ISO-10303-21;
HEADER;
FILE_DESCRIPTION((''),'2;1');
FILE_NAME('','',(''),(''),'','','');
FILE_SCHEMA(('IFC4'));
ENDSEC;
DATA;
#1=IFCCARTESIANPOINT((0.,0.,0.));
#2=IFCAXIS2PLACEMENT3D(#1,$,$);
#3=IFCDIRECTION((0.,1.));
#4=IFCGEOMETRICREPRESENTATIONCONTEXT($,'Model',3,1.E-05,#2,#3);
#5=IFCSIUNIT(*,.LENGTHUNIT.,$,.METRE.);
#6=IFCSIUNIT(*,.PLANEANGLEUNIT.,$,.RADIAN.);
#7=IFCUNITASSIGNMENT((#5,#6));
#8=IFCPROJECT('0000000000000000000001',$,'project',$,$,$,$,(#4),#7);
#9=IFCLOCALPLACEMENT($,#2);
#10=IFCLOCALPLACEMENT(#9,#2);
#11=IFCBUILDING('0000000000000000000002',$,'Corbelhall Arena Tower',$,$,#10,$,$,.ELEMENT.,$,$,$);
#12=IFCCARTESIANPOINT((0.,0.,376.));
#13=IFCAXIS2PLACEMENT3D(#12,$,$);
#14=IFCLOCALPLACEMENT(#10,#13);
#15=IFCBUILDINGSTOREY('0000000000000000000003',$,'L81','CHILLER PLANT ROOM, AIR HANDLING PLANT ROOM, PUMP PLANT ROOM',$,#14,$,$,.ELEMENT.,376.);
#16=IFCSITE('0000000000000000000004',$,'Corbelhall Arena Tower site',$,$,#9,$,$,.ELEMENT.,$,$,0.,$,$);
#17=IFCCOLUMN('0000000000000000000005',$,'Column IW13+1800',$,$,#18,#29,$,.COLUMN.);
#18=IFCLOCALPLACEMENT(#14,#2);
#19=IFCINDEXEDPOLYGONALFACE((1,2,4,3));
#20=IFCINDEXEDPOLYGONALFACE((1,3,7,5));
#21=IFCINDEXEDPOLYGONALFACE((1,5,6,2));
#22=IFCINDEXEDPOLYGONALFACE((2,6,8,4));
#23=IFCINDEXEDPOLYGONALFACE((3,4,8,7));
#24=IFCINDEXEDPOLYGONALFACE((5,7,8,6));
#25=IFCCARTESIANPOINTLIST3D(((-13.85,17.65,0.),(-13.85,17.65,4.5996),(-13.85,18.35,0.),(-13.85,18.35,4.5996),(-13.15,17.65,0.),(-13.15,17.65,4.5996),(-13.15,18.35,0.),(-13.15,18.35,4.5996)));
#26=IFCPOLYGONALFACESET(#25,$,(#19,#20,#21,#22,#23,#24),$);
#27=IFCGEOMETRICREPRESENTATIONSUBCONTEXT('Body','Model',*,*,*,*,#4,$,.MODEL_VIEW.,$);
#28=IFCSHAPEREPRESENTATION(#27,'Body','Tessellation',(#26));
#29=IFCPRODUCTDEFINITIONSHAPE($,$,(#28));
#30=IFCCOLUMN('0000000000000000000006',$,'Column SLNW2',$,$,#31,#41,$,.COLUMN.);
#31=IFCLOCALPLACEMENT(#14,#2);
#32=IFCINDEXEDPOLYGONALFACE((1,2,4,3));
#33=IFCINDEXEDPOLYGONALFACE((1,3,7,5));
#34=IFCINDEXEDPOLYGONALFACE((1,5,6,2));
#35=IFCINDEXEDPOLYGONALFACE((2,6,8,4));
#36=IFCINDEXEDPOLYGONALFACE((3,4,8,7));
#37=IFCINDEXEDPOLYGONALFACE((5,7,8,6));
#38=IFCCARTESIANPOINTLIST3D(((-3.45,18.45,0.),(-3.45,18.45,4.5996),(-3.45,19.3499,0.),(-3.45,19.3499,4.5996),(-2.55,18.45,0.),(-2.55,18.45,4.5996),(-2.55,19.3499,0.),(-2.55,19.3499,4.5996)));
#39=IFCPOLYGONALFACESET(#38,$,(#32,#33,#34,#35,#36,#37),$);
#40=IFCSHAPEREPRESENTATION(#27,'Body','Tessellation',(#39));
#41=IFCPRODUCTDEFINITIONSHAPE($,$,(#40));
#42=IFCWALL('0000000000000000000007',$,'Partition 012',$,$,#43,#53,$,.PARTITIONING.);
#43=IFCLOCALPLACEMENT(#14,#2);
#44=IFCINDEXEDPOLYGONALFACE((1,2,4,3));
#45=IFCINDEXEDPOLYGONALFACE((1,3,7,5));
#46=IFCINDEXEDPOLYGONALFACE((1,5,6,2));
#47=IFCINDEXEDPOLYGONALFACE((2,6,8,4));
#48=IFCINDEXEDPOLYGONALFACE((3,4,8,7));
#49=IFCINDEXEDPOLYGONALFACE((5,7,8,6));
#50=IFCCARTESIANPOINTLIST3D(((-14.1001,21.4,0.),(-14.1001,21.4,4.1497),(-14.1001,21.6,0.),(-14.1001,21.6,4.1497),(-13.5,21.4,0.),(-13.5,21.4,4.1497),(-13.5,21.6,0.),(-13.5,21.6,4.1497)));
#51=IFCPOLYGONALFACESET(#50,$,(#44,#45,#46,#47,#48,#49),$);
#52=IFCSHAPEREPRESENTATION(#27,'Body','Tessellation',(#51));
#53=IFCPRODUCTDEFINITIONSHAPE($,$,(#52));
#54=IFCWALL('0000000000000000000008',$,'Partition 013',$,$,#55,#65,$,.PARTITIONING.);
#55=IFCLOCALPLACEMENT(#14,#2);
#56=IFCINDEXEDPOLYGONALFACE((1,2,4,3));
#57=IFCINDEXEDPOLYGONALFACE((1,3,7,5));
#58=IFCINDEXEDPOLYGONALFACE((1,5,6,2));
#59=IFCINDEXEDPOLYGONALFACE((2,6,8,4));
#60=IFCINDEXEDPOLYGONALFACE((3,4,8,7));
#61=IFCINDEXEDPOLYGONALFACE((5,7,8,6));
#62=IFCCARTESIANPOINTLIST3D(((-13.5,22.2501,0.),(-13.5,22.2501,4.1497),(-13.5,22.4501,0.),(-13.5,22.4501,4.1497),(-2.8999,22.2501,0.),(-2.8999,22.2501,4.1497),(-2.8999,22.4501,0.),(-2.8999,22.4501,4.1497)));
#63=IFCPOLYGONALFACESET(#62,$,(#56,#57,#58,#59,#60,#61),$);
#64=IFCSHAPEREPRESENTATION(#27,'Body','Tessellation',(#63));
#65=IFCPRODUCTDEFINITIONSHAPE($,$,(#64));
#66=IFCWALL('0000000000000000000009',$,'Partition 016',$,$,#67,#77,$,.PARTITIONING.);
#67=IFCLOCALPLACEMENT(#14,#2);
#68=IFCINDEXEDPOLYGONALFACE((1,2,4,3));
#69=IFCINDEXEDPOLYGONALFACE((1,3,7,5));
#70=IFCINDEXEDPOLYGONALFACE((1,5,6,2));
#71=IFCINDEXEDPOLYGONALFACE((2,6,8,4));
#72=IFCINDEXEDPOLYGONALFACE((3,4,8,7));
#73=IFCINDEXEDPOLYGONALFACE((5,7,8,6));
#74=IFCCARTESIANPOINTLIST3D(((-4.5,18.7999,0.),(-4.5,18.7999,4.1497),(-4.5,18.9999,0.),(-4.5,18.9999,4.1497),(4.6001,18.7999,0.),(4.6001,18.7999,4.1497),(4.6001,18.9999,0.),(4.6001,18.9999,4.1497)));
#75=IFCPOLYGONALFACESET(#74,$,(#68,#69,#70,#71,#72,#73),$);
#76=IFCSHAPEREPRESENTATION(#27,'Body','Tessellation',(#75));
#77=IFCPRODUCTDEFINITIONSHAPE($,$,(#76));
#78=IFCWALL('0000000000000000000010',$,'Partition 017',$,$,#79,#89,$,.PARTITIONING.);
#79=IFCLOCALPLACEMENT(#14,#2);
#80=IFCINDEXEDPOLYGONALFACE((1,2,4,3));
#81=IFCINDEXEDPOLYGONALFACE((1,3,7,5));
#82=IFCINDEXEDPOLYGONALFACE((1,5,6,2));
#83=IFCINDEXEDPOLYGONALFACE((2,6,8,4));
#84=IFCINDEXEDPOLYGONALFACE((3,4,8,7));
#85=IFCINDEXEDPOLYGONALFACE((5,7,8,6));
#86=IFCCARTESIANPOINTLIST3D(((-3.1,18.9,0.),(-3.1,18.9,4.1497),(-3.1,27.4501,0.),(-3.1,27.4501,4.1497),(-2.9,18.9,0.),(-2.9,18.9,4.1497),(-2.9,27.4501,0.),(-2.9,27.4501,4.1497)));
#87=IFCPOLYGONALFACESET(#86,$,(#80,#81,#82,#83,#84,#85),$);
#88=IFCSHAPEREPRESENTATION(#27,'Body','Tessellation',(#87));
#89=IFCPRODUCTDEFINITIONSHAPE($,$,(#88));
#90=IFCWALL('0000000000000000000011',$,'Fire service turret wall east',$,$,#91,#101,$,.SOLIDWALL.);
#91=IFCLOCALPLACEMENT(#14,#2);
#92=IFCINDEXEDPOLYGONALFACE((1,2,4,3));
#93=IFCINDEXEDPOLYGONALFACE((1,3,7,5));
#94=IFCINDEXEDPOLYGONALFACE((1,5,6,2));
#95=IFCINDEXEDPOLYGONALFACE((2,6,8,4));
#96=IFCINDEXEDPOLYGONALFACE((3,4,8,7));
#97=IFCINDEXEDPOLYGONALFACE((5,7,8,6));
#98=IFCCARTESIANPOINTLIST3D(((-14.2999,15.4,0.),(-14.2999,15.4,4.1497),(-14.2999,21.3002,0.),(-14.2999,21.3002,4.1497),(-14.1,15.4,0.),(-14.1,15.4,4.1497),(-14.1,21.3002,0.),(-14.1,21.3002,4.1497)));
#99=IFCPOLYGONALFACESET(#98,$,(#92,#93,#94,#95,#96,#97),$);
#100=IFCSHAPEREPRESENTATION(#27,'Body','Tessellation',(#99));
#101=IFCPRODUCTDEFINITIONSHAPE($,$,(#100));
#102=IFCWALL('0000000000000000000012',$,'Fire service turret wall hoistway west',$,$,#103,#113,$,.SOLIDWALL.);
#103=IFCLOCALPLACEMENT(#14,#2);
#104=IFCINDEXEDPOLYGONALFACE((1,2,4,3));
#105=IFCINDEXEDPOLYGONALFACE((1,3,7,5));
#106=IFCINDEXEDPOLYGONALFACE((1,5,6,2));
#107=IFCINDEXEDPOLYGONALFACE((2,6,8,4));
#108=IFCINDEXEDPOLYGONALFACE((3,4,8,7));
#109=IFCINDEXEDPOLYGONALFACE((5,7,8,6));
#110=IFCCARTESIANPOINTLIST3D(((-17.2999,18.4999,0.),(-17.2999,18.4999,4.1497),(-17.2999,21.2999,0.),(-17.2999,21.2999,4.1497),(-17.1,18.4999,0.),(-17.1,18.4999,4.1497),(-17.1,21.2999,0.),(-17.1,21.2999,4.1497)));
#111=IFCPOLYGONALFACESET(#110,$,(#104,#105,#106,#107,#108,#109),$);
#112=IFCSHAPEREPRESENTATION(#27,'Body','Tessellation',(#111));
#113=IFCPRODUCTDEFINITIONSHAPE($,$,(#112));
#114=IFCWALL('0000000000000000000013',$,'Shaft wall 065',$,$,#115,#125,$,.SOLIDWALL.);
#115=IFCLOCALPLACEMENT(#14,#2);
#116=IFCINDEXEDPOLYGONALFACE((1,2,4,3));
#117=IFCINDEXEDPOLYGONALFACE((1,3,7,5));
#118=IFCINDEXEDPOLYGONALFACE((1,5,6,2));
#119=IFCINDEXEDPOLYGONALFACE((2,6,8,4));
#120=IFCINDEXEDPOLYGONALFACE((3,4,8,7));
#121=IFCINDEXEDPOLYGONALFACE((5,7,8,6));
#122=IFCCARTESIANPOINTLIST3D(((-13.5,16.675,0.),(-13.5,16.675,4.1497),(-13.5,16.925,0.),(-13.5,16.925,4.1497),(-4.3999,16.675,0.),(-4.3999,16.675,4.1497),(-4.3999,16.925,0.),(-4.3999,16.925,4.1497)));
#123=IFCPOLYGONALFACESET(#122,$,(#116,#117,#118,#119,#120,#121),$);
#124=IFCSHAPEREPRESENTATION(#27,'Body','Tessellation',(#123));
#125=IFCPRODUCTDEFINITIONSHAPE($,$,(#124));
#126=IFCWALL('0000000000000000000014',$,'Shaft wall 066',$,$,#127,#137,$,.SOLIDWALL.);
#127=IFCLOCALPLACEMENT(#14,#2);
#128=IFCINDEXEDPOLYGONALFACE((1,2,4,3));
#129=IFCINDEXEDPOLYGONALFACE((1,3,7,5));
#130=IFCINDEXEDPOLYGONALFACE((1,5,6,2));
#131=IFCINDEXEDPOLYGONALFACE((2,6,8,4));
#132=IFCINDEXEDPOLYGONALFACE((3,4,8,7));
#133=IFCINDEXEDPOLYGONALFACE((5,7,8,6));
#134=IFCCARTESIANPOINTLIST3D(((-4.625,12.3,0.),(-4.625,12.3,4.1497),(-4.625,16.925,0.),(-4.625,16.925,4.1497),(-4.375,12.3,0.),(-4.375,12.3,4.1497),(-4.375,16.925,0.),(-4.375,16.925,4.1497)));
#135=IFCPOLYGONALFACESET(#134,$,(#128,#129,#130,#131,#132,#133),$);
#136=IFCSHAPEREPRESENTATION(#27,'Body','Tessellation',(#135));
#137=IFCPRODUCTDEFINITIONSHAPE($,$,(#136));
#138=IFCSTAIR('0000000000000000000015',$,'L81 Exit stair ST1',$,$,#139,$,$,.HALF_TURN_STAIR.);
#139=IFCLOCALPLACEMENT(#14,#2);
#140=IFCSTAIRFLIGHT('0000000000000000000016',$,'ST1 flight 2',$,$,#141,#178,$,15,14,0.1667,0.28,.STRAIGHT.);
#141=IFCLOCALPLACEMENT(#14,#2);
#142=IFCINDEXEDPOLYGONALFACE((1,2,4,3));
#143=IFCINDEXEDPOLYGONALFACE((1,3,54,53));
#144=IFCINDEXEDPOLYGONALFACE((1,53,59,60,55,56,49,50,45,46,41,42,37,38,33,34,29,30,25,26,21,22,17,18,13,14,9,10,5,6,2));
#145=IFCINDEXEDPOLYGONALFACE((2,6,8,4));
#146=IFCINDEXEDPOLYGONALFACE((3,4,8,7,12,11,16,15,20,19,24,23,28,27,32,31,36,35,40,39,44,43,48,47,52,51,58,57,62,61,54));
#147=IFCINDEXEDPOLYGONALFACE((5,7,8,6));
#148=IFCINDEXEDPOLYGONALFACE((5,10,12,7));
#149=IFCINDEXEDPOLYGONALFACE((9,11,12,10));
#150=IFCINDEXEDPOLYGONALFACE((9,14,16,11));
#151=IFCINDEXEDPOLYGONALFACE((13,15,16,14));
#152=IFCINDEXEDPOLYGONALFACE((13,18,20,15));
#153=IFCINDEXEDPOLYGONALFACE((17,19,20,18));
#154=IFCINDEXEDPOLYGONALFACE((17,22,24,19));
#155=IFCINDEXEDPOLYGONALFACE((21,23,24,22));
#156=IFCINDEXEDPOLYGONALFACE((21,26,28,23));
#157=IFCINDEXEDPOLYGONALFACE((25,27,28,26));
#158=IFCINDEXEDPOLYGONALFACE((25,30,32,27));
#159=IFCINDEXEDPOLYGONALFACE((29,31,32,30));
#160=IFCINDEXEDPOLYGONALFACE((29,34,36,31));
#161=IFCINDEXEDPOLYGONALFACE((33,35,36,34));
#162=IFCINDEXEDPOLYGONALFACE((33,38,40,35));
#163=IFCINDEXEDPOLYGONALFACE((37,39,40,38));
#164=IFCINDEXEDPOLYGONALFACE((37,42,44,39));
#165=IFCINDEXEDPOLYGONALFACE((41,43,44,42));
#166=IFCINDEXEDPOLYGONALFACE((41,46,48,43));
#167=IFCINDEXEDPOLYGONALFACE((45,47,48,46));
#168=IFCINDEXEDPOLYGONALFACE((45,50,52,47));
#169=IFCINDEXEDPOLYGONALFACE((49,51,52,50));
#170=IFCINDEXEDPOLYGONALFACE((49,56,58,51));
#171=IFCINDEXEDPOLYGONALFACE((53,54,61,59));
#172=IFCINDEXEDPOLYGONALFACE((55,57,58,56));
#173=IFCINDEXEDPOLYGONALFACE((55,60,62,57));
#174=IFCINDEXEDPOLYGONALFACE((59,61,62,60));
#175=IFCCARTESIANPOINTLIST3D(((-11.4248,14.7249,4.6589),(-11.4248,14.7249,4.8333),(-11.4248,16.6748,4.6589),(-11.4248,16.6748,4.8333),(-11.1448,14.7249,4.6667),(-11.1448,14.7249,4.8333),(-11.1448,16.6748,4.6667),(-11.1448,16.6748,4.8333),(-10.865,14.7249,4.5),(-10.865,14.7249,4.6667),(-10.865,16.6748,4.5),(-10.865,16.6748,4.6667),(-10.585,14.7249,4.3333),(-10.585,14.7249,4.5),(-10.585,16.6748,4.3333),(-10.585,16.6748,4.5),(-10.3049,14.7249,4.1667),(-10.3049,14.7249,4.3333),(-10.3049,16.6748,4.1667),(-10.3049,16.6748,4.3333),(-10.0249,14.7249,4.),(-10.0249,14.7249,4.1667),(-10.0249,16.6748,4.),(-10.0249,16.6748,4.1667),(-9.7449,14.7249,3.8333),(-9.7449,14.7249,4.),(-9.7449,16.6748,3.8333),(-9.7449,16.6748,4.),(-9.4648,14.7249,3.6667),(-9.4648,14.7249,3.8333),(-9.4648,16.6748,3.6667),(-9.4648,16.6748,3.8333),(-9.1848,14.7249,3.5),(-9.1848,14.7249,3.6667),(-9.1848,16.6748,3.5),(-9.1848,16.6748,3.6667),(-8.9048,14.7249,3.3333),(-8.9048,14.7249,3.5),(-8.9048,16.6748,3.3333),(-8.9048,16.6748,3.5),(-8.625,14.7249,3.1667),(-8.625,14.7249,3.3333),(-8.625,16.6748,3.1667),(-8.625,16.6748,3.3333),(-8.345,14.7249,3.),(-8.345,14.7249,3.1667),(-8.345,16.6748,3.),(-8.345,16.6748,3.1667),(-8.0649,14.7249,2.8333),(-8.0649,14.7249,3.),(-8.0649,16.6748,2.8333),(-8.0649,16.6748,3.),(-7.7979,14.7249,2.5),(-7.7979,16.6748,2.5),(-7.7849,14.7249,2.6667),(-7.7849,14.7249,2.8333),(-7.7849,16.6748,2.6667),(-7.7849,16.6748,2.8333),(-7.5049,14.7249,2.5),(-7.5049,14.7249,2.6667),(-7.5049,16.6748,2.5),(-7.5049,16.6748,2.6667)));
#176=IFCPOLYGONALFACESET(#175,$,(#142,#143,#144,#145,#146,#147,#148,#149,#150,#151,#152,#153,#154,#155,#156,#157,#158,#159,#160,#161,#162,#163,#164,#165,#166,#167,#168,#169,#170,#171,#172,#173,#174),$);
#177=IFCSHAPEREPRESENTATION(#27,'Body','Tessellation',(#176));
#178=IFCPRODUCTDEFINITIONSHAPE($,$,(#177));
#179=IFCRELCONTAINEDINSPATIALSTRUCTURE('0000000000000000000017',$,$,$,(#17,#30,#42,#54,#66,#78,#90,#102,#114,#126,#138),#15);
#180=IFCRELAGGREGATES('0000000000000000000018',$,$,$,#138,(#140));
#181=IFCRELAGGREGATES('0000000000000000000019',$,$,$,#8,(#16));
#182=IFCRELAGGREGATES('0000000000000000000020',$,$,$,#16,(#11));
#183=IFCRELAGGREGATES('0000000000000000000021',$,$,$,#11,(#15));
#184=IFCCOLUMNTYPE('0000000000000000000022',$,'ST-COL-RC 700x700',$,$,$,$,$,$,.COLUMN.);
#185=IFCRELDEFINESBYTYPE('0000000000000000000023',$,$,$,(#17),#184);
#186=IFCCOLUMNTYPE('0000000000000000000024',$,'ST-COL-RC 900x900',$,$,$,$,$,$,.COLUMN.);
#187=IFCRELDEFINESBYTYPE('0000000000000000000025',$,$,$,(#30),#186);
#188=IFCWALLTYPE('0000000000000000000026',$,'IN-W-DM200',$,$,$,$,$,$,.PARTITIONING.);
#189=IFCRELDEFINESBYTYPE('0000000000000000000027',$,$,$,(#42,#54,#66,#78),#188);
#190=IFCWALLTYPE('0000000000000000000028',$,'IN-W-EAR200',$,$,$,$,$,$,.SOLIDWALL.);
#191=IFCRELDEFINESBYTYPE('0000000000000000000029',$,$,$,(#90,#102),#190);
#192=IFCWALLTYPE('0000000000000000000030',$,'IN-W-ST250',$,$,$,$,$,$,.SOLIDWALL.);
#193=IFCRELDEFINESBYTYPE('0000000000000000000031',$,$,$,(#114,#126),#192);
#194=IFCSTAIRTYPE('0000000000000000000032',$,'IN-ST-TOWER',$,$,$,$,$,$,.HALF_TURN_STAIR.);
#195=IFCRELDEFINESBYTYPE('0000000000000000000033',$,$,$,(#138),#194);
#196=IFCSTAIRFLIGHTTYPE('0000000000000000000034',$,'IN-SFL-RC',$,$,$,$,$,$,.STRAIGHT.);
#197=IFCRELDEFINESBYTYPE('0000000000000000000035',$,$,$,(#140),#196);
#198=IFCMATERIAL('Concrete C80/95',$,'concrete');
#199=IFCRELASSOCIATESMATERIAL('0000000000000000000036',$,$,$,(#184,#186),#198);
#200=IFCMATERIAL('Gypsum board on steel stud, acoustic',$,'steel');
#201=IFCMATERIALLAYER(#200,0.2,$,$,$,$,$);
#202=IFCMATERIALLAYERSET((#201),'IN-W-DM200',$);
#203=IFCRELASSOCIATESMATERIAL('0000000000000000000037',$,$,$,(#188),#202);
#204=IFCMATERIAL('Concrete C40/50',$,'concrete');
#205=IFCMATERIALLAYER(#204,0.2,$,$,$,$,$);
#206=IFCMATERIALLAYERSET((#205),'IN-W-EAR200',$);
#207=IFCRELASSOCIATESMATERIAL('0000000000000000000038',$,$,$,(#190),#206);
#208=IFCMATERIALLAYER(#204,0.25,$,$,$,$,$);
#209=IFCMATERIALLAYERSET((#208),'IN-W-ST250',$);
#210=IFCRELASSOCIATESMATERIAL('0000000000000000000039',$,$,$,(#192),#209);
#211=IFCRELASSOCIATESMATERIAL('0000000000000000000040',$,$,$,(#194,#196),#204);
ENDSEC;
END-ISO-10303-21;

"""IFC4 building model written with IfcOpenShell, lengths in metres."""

from ifc_helpers import new_model, si_unit, direction, frame, frame_2d, origin, origin_2d, place, context, subcontext, project, spatial, polyline, rectangle, outline, extrude, material, layer, layer_set, material_profile, profile_set, type_object, element, aggregate, save


model = new_model("IFC4")

# Units and contexts
model_context = context("Model", 3, precision=1e-05, world=origin(), true_north=direction((0.0, 1.0)))
body_context = subcontext(model_context, "Body", "Model", "MODEL_VIEW")
ifc_project = project(units=[si_unit("LENGTHUNIT", "METRE"), si_unit("PLANEANGLEUNIT", "RADIAN")], contexts=[model_context])

# Site, building, storey
site_placement = place(None, origin())
site = spatial("IfcSite", under=ifc_project, at=site_placement, Name="Corbelhall Arena Tower site", CompositionType="ELEMENT", RefElevation=0.0)
building_placement = place(site_placement, origin())
building = spatial("IfcBuilding", under=site, at=building_placement, Name="Corbelhall Arena Tower", CompositionType="ELEMENT")
storey_placement = place(building_placement, frame((0.0, 0.0, 376.0)))
storey = spatial("IfcBuildingStorey", under=building, at=storey_placement, Name="L81", Description="CHILLER PLANT ROOM, AIR HANDLING PLANT ROOM, PUMP PLANT ROOM", CompositionType="ELEMENT", Elevation=376.0)

# Columns
ifc_material_1 = material(Name="Concrete C80/95", Category="concrete")
ifc_material_profile_1 = material_profile(ifc_material_1, rectangle(XDim=0.7, YDim=0.7, at=origin_2d()))
ifc_profile_set_1 = profile_set([ifc_material_profile_1], Name="Concrete C80/95")
column_type_1 = type_object("IfcColumnType", Name="ST-COL-RC 700x700", PredefinedType="COLUMN", material=ifc_profile_set_1)
column_1_placement = place(storey_placement, frame((-13.5, 18.0, 0.0), z_axis=(0.0, 0.0, 1.0), x_axis=(1.0, 0.0, 0.0)))
element("IfcColumn", 1, at=column_1_placement, inside=storey, type_object=column_type_1, Name="Column IW13+1800", PredefinedType="COLUMN", context=body_context, shape_type="SweptSolid", body=[
    extrude(rectangle(XDim=0.7, YDim=0.7, at=origin_2d()), origin(), (0.0, 0.0, 1.0), 4.5996),
])
ifc_material_profile_2 = material_profile(ifc_material_1, rectangle(XDim=0.8999, YDim=0.8999, at=origin_2d()))
ifc_profile_set_2 = profile_set([ifc_material_profile_2], Name="Concrete C80/95")
column_type_2 = type_object("IfcColumnType", Name="ST-COL-RC 900x900", PredefinedType="COLUMN", material=ifc_profile_set_2)
column_2_placement = place(storey_placement, frame((-3.0, 18.8999, 0.0), z_axis=(0.0, 0.0, 1.0), x_axis=(1.0, 0.0, 0.0)))
element("IfcColumn", 2, at=column_2_placement, inside=storey, type_object=column_type_2, Name="Column SLNW2", PredefinedType="COLUMN", context=body_context, shape_type="SweptSolid", body=[
    extrude(rectangle(XDim=0.8999, YDim=0.8999, at=origin_2d()), origin(), (0.0, 0.0, 1.0), 4.5996),
])

# Walls
ifc_material_2 = material(Name="Gypsum board on steel stud, acoustic", Category="steel")
ifc_layer_1 = layer(ifc_material_2, 0.2)
ifc_layer_set_1 = layer_set([ifc_layer_1], Name="IN-W-DM200")
wall_type_1 = type_object("IfcWallType", Name="IN-W-DM200", PredefinedType="PARTITIONING", material=ifc_layer_set_1)
wall_1_placement = place(storey_placement, frame((-13.5, 21.5, 0.0), z_axis=(0.0, 0.0, 1.0), x_axis=(-1.0, 0.0, 0.0)))
element("IfcWall", 3, at=wall_1_placement, inside=storey, type_object=wall_type_1, Name="Partition 012", PredefinedType="PARTITIONING", context=body_context, shape_type="SweptSolid", body=[
    extrude(rectangle(XDim=0.6001, YDim=0.2, at=frame_2d((0.3, 0.0))), origin(), (0.0, 0.0, 1.0), 4.1497),
])
wall_2_placement = place(storey_placement, frame((-13.5, 22.3501, 0.0), z_axis=(0.0, 0.0, 1.0), x_axis=(1.0, 0.0, 0.0)))
element("IfcWall", 4, at=wall_2_placement, inside=storey, type_object=wall_type_1, Name="Partition 013", PredefinedType="PARTITIONING", context=body_context, shape_type="SweptSolid", body=[
    extrude(rectangle(XDim=10.6001, YDim=0.2, at=frame_2d((5.3, 0.0))), origin(), (0.0, 0.0, 1.0), 4.1497),
])

# Walls
wall_3_placement = place(storey_placement, frame((-4.5, 18.8999, 0.0), z_axis=(0.0, 0.0, 1.0), x_axis=(1.0, 0.0, 0.0)))
element("IfcWall", 5, at=wall_3_placement, inside=storey, type_object=wall_type_1, Name="Partition 016", PredefinedType="PARTITIONING", context=body_context, shape_type="SweptSolid", body=[
    extrude(rectangle(XDim=9.1001, YDim=0.2, at=frame_2d((4.55, 0.0))), origin(), (0.0, 0.0, 1.0), 4.1497),
])
wall_4_placement = place(storey_placement, frame((-3.0, 27.45, 0.0), z_axis=(0.0, 0.0, 1.0), x_axis=(0.0, -1.0, 0.0)))
element("IfcWall", 6, at=wall_4_placement, inside=storey, type_object=wall_type_1, Name="Partition 017", PredefinedType="PARTITIONING", context=body_context, shape_type="SweptSolid", body=[
    extrude(rectangle(XDim=8.55, YDim=0.2, at=frame_2d((4.2749, 0.0))), origin(), (0.0, 0.0, 1.0), 4.1497),
])
ifc_material_3 = material(Name="Concrete C40/50", Category="concrete")
ifc_layer_2 = layer(ifc_material_3, 0.2)
ifc_layer_set_2 = layer_set([ifc_layer_2], Name="IN-W-EAR200")
wall_type_2 = type_object("IfcWallType", Name="IN-W-EAR200", PredefinedType="SOLIDWALL", material=ifc_layer_set_2)
wall_5_placement = place(storey_placement, frame((-14.2, 15.3999, 0.0), z_axis=(0.0, 0.0, 1.0), x_axis=(0.0, 1.0, 0.0)))
element("IfcWall", 7, at=wall_5_placement, inside=storey, type_object=wall_type_2, Name="Fire service turret wall east", PredefinedType="SOLIDWALL", context=body_context, shape_type="SweptSolid", body=[
    extrude(rectangle(XDim=5.9001, YDim=0.2, at=frame_2d((2.9502, 0.0))), origin(), (0.0, 0.0, 1.0), 4.1497),
])
wall_6_placement = place(storey_placement, frame((-17.2, 18.5, 0.0), z_axis=(0.0, 0.0, 1.0), x_axis=(0.0, 1.0, 0.0)))
element("IfcWall", 8, at=wall_6_placement, inside=storey, type_object=wall_type_2, Name="Fire service turret wall hoistway west", PredefinedType="SOLIDWALL", context=body_context, shape_type="SweptSolid", body=[
    extrude(rectangle(XDim=2.8, YDim=0.2, at=frame_2d((1.3999, 0.0))), origin(), (0.0, 0.0, 1.0), 4.1497),
])

# Walls
ifc_layer_3 = layer(ifc_material_3, 0.25)
ifc_layer_set_3 = layer_set([ifc_layer_3], Name="IN-W-ST250")
wall_type_3 = type_object("IfcWallType", Name="IN-W-ST250", PredefinedType="SOLIDWALL", material=ifc_layer_set_3)
wall_7_placement = place(storey_placement, frame((-13.5, 16.8, 0.0), z_axis=(0.0, 0.0, 1.0), x_axis=(1.0, 0.0, 0.0)))
element("IfcWall", 9, at=wall_7_placement, inside=storey, type_object=wall_type_3, Name="Shaft wall 065", PredefinedType="SOLIDWALL", context=body_context, shape_type="SweptSolid", body=[
    extrude(rectangle(XDim=9.1001, YDim=0.25, at=frame_2d((4.55, 0.0))), origin(), (0.0, 0.0, 1.0), 4.1497),
])
wall_8_placement = place(storey_placement, frame((-4.5, 16.925, 0.0), z_axis=(0.0, 0.0, 1.0), x_axis=(0.0, -1.0, 0.0)))
element("IfcWall", 10, at=wall_8_placement, inside=storey, type_object=wall_type_3, Name="Shaft wall 066", PredefinedType="SOLIDWALL", context=body_context, shape_type="SweptSolid", body=[
    extrude(rectangle(XDim=4.625, YDim=0.25, at=frame_2d((2.3125, 0.0))), origin(), (0.0, 0.0, 1.0), 4.1497),
])

# Stair, stair flight
stair_type = type_object("IfcStairType", Name="IN-ST-TOWER", PredefinedType="HALF_TURN_STAIR", material=ifc_material_3)
stair_placement = place(storey_placement, origin())
stair = element("IfcStair", 11, at=stair_placement, inside=storey, type_object=stair_type, Name="L81 Exit stair ST1", PredefinedType="HALF_TURN_STAIR")
stair_flight_type = type_object("IfcStairFlightType", Name="IN-SFL-RC", PredefinedType="STRAIGHT", material=ifc_material_3)
stair_flight_placement = place(storey_placement, frame((-7.5049, 15.7, 2.5), z_axis=(0.0, 0.0, 1.0), x_axis=(-1.0, 0.0, 0.0)))
stair_flight = element("IfcStairFlight", 12, at=stair_flight_placement, type_object=stair_flight_type, Name="ST1 flight 2", NumberOfRisers=15, NumberOfTreads=14, PredefinedType="STRAIGHT", RiserHeight=0.1667, TreadLength=0.28, context=body_context, shape_type="SweptSolid", body=[
    extrude(outline(polyline([(0.0, 0.0), (0.0, 0.1667), (0.28, 0.1667), (0.28, 0.3333), (0.5601, 0.3333), (0.5601, 0.5), (0.8401, 0.5), (0.8401, 0.6667), (1.1201, 0.6667), (1.1201, 0.8333), (1.3999, 0.8333), (1.3999, 1.0), (1.6799, 1.0), (1.6799, 1.1667), (1.96, 1.1667), (1.96, 1.3333), (2.24, 1.3333), (2.24, 1.5), (2.52, 1.5), (2.52, 1.6667), (2.8, 1.6667), (2.8, 1.8333), (3.0801, 1.8333), (3.0801, 2.0), (3.3601, 2.0), (3.3601, 2.1667), (3.6399, 2.1667), (3.6399, 2.3333), (3.9199, 2.3333), (3.9199, 2.5), (3.9199, 2.1589), (0.293, 0.0), (0.0, 0.0)])), frame((0.0, 0.9751, 0.0), z_axis=(0.0, -1.0, 0.0), x_axis=(1.0, 0.0, 0.0)), (0.0, 0.0, 1.0), 1.95),
])
aggregate(stair, [stair_flight])

save(model, "model.ifc")
